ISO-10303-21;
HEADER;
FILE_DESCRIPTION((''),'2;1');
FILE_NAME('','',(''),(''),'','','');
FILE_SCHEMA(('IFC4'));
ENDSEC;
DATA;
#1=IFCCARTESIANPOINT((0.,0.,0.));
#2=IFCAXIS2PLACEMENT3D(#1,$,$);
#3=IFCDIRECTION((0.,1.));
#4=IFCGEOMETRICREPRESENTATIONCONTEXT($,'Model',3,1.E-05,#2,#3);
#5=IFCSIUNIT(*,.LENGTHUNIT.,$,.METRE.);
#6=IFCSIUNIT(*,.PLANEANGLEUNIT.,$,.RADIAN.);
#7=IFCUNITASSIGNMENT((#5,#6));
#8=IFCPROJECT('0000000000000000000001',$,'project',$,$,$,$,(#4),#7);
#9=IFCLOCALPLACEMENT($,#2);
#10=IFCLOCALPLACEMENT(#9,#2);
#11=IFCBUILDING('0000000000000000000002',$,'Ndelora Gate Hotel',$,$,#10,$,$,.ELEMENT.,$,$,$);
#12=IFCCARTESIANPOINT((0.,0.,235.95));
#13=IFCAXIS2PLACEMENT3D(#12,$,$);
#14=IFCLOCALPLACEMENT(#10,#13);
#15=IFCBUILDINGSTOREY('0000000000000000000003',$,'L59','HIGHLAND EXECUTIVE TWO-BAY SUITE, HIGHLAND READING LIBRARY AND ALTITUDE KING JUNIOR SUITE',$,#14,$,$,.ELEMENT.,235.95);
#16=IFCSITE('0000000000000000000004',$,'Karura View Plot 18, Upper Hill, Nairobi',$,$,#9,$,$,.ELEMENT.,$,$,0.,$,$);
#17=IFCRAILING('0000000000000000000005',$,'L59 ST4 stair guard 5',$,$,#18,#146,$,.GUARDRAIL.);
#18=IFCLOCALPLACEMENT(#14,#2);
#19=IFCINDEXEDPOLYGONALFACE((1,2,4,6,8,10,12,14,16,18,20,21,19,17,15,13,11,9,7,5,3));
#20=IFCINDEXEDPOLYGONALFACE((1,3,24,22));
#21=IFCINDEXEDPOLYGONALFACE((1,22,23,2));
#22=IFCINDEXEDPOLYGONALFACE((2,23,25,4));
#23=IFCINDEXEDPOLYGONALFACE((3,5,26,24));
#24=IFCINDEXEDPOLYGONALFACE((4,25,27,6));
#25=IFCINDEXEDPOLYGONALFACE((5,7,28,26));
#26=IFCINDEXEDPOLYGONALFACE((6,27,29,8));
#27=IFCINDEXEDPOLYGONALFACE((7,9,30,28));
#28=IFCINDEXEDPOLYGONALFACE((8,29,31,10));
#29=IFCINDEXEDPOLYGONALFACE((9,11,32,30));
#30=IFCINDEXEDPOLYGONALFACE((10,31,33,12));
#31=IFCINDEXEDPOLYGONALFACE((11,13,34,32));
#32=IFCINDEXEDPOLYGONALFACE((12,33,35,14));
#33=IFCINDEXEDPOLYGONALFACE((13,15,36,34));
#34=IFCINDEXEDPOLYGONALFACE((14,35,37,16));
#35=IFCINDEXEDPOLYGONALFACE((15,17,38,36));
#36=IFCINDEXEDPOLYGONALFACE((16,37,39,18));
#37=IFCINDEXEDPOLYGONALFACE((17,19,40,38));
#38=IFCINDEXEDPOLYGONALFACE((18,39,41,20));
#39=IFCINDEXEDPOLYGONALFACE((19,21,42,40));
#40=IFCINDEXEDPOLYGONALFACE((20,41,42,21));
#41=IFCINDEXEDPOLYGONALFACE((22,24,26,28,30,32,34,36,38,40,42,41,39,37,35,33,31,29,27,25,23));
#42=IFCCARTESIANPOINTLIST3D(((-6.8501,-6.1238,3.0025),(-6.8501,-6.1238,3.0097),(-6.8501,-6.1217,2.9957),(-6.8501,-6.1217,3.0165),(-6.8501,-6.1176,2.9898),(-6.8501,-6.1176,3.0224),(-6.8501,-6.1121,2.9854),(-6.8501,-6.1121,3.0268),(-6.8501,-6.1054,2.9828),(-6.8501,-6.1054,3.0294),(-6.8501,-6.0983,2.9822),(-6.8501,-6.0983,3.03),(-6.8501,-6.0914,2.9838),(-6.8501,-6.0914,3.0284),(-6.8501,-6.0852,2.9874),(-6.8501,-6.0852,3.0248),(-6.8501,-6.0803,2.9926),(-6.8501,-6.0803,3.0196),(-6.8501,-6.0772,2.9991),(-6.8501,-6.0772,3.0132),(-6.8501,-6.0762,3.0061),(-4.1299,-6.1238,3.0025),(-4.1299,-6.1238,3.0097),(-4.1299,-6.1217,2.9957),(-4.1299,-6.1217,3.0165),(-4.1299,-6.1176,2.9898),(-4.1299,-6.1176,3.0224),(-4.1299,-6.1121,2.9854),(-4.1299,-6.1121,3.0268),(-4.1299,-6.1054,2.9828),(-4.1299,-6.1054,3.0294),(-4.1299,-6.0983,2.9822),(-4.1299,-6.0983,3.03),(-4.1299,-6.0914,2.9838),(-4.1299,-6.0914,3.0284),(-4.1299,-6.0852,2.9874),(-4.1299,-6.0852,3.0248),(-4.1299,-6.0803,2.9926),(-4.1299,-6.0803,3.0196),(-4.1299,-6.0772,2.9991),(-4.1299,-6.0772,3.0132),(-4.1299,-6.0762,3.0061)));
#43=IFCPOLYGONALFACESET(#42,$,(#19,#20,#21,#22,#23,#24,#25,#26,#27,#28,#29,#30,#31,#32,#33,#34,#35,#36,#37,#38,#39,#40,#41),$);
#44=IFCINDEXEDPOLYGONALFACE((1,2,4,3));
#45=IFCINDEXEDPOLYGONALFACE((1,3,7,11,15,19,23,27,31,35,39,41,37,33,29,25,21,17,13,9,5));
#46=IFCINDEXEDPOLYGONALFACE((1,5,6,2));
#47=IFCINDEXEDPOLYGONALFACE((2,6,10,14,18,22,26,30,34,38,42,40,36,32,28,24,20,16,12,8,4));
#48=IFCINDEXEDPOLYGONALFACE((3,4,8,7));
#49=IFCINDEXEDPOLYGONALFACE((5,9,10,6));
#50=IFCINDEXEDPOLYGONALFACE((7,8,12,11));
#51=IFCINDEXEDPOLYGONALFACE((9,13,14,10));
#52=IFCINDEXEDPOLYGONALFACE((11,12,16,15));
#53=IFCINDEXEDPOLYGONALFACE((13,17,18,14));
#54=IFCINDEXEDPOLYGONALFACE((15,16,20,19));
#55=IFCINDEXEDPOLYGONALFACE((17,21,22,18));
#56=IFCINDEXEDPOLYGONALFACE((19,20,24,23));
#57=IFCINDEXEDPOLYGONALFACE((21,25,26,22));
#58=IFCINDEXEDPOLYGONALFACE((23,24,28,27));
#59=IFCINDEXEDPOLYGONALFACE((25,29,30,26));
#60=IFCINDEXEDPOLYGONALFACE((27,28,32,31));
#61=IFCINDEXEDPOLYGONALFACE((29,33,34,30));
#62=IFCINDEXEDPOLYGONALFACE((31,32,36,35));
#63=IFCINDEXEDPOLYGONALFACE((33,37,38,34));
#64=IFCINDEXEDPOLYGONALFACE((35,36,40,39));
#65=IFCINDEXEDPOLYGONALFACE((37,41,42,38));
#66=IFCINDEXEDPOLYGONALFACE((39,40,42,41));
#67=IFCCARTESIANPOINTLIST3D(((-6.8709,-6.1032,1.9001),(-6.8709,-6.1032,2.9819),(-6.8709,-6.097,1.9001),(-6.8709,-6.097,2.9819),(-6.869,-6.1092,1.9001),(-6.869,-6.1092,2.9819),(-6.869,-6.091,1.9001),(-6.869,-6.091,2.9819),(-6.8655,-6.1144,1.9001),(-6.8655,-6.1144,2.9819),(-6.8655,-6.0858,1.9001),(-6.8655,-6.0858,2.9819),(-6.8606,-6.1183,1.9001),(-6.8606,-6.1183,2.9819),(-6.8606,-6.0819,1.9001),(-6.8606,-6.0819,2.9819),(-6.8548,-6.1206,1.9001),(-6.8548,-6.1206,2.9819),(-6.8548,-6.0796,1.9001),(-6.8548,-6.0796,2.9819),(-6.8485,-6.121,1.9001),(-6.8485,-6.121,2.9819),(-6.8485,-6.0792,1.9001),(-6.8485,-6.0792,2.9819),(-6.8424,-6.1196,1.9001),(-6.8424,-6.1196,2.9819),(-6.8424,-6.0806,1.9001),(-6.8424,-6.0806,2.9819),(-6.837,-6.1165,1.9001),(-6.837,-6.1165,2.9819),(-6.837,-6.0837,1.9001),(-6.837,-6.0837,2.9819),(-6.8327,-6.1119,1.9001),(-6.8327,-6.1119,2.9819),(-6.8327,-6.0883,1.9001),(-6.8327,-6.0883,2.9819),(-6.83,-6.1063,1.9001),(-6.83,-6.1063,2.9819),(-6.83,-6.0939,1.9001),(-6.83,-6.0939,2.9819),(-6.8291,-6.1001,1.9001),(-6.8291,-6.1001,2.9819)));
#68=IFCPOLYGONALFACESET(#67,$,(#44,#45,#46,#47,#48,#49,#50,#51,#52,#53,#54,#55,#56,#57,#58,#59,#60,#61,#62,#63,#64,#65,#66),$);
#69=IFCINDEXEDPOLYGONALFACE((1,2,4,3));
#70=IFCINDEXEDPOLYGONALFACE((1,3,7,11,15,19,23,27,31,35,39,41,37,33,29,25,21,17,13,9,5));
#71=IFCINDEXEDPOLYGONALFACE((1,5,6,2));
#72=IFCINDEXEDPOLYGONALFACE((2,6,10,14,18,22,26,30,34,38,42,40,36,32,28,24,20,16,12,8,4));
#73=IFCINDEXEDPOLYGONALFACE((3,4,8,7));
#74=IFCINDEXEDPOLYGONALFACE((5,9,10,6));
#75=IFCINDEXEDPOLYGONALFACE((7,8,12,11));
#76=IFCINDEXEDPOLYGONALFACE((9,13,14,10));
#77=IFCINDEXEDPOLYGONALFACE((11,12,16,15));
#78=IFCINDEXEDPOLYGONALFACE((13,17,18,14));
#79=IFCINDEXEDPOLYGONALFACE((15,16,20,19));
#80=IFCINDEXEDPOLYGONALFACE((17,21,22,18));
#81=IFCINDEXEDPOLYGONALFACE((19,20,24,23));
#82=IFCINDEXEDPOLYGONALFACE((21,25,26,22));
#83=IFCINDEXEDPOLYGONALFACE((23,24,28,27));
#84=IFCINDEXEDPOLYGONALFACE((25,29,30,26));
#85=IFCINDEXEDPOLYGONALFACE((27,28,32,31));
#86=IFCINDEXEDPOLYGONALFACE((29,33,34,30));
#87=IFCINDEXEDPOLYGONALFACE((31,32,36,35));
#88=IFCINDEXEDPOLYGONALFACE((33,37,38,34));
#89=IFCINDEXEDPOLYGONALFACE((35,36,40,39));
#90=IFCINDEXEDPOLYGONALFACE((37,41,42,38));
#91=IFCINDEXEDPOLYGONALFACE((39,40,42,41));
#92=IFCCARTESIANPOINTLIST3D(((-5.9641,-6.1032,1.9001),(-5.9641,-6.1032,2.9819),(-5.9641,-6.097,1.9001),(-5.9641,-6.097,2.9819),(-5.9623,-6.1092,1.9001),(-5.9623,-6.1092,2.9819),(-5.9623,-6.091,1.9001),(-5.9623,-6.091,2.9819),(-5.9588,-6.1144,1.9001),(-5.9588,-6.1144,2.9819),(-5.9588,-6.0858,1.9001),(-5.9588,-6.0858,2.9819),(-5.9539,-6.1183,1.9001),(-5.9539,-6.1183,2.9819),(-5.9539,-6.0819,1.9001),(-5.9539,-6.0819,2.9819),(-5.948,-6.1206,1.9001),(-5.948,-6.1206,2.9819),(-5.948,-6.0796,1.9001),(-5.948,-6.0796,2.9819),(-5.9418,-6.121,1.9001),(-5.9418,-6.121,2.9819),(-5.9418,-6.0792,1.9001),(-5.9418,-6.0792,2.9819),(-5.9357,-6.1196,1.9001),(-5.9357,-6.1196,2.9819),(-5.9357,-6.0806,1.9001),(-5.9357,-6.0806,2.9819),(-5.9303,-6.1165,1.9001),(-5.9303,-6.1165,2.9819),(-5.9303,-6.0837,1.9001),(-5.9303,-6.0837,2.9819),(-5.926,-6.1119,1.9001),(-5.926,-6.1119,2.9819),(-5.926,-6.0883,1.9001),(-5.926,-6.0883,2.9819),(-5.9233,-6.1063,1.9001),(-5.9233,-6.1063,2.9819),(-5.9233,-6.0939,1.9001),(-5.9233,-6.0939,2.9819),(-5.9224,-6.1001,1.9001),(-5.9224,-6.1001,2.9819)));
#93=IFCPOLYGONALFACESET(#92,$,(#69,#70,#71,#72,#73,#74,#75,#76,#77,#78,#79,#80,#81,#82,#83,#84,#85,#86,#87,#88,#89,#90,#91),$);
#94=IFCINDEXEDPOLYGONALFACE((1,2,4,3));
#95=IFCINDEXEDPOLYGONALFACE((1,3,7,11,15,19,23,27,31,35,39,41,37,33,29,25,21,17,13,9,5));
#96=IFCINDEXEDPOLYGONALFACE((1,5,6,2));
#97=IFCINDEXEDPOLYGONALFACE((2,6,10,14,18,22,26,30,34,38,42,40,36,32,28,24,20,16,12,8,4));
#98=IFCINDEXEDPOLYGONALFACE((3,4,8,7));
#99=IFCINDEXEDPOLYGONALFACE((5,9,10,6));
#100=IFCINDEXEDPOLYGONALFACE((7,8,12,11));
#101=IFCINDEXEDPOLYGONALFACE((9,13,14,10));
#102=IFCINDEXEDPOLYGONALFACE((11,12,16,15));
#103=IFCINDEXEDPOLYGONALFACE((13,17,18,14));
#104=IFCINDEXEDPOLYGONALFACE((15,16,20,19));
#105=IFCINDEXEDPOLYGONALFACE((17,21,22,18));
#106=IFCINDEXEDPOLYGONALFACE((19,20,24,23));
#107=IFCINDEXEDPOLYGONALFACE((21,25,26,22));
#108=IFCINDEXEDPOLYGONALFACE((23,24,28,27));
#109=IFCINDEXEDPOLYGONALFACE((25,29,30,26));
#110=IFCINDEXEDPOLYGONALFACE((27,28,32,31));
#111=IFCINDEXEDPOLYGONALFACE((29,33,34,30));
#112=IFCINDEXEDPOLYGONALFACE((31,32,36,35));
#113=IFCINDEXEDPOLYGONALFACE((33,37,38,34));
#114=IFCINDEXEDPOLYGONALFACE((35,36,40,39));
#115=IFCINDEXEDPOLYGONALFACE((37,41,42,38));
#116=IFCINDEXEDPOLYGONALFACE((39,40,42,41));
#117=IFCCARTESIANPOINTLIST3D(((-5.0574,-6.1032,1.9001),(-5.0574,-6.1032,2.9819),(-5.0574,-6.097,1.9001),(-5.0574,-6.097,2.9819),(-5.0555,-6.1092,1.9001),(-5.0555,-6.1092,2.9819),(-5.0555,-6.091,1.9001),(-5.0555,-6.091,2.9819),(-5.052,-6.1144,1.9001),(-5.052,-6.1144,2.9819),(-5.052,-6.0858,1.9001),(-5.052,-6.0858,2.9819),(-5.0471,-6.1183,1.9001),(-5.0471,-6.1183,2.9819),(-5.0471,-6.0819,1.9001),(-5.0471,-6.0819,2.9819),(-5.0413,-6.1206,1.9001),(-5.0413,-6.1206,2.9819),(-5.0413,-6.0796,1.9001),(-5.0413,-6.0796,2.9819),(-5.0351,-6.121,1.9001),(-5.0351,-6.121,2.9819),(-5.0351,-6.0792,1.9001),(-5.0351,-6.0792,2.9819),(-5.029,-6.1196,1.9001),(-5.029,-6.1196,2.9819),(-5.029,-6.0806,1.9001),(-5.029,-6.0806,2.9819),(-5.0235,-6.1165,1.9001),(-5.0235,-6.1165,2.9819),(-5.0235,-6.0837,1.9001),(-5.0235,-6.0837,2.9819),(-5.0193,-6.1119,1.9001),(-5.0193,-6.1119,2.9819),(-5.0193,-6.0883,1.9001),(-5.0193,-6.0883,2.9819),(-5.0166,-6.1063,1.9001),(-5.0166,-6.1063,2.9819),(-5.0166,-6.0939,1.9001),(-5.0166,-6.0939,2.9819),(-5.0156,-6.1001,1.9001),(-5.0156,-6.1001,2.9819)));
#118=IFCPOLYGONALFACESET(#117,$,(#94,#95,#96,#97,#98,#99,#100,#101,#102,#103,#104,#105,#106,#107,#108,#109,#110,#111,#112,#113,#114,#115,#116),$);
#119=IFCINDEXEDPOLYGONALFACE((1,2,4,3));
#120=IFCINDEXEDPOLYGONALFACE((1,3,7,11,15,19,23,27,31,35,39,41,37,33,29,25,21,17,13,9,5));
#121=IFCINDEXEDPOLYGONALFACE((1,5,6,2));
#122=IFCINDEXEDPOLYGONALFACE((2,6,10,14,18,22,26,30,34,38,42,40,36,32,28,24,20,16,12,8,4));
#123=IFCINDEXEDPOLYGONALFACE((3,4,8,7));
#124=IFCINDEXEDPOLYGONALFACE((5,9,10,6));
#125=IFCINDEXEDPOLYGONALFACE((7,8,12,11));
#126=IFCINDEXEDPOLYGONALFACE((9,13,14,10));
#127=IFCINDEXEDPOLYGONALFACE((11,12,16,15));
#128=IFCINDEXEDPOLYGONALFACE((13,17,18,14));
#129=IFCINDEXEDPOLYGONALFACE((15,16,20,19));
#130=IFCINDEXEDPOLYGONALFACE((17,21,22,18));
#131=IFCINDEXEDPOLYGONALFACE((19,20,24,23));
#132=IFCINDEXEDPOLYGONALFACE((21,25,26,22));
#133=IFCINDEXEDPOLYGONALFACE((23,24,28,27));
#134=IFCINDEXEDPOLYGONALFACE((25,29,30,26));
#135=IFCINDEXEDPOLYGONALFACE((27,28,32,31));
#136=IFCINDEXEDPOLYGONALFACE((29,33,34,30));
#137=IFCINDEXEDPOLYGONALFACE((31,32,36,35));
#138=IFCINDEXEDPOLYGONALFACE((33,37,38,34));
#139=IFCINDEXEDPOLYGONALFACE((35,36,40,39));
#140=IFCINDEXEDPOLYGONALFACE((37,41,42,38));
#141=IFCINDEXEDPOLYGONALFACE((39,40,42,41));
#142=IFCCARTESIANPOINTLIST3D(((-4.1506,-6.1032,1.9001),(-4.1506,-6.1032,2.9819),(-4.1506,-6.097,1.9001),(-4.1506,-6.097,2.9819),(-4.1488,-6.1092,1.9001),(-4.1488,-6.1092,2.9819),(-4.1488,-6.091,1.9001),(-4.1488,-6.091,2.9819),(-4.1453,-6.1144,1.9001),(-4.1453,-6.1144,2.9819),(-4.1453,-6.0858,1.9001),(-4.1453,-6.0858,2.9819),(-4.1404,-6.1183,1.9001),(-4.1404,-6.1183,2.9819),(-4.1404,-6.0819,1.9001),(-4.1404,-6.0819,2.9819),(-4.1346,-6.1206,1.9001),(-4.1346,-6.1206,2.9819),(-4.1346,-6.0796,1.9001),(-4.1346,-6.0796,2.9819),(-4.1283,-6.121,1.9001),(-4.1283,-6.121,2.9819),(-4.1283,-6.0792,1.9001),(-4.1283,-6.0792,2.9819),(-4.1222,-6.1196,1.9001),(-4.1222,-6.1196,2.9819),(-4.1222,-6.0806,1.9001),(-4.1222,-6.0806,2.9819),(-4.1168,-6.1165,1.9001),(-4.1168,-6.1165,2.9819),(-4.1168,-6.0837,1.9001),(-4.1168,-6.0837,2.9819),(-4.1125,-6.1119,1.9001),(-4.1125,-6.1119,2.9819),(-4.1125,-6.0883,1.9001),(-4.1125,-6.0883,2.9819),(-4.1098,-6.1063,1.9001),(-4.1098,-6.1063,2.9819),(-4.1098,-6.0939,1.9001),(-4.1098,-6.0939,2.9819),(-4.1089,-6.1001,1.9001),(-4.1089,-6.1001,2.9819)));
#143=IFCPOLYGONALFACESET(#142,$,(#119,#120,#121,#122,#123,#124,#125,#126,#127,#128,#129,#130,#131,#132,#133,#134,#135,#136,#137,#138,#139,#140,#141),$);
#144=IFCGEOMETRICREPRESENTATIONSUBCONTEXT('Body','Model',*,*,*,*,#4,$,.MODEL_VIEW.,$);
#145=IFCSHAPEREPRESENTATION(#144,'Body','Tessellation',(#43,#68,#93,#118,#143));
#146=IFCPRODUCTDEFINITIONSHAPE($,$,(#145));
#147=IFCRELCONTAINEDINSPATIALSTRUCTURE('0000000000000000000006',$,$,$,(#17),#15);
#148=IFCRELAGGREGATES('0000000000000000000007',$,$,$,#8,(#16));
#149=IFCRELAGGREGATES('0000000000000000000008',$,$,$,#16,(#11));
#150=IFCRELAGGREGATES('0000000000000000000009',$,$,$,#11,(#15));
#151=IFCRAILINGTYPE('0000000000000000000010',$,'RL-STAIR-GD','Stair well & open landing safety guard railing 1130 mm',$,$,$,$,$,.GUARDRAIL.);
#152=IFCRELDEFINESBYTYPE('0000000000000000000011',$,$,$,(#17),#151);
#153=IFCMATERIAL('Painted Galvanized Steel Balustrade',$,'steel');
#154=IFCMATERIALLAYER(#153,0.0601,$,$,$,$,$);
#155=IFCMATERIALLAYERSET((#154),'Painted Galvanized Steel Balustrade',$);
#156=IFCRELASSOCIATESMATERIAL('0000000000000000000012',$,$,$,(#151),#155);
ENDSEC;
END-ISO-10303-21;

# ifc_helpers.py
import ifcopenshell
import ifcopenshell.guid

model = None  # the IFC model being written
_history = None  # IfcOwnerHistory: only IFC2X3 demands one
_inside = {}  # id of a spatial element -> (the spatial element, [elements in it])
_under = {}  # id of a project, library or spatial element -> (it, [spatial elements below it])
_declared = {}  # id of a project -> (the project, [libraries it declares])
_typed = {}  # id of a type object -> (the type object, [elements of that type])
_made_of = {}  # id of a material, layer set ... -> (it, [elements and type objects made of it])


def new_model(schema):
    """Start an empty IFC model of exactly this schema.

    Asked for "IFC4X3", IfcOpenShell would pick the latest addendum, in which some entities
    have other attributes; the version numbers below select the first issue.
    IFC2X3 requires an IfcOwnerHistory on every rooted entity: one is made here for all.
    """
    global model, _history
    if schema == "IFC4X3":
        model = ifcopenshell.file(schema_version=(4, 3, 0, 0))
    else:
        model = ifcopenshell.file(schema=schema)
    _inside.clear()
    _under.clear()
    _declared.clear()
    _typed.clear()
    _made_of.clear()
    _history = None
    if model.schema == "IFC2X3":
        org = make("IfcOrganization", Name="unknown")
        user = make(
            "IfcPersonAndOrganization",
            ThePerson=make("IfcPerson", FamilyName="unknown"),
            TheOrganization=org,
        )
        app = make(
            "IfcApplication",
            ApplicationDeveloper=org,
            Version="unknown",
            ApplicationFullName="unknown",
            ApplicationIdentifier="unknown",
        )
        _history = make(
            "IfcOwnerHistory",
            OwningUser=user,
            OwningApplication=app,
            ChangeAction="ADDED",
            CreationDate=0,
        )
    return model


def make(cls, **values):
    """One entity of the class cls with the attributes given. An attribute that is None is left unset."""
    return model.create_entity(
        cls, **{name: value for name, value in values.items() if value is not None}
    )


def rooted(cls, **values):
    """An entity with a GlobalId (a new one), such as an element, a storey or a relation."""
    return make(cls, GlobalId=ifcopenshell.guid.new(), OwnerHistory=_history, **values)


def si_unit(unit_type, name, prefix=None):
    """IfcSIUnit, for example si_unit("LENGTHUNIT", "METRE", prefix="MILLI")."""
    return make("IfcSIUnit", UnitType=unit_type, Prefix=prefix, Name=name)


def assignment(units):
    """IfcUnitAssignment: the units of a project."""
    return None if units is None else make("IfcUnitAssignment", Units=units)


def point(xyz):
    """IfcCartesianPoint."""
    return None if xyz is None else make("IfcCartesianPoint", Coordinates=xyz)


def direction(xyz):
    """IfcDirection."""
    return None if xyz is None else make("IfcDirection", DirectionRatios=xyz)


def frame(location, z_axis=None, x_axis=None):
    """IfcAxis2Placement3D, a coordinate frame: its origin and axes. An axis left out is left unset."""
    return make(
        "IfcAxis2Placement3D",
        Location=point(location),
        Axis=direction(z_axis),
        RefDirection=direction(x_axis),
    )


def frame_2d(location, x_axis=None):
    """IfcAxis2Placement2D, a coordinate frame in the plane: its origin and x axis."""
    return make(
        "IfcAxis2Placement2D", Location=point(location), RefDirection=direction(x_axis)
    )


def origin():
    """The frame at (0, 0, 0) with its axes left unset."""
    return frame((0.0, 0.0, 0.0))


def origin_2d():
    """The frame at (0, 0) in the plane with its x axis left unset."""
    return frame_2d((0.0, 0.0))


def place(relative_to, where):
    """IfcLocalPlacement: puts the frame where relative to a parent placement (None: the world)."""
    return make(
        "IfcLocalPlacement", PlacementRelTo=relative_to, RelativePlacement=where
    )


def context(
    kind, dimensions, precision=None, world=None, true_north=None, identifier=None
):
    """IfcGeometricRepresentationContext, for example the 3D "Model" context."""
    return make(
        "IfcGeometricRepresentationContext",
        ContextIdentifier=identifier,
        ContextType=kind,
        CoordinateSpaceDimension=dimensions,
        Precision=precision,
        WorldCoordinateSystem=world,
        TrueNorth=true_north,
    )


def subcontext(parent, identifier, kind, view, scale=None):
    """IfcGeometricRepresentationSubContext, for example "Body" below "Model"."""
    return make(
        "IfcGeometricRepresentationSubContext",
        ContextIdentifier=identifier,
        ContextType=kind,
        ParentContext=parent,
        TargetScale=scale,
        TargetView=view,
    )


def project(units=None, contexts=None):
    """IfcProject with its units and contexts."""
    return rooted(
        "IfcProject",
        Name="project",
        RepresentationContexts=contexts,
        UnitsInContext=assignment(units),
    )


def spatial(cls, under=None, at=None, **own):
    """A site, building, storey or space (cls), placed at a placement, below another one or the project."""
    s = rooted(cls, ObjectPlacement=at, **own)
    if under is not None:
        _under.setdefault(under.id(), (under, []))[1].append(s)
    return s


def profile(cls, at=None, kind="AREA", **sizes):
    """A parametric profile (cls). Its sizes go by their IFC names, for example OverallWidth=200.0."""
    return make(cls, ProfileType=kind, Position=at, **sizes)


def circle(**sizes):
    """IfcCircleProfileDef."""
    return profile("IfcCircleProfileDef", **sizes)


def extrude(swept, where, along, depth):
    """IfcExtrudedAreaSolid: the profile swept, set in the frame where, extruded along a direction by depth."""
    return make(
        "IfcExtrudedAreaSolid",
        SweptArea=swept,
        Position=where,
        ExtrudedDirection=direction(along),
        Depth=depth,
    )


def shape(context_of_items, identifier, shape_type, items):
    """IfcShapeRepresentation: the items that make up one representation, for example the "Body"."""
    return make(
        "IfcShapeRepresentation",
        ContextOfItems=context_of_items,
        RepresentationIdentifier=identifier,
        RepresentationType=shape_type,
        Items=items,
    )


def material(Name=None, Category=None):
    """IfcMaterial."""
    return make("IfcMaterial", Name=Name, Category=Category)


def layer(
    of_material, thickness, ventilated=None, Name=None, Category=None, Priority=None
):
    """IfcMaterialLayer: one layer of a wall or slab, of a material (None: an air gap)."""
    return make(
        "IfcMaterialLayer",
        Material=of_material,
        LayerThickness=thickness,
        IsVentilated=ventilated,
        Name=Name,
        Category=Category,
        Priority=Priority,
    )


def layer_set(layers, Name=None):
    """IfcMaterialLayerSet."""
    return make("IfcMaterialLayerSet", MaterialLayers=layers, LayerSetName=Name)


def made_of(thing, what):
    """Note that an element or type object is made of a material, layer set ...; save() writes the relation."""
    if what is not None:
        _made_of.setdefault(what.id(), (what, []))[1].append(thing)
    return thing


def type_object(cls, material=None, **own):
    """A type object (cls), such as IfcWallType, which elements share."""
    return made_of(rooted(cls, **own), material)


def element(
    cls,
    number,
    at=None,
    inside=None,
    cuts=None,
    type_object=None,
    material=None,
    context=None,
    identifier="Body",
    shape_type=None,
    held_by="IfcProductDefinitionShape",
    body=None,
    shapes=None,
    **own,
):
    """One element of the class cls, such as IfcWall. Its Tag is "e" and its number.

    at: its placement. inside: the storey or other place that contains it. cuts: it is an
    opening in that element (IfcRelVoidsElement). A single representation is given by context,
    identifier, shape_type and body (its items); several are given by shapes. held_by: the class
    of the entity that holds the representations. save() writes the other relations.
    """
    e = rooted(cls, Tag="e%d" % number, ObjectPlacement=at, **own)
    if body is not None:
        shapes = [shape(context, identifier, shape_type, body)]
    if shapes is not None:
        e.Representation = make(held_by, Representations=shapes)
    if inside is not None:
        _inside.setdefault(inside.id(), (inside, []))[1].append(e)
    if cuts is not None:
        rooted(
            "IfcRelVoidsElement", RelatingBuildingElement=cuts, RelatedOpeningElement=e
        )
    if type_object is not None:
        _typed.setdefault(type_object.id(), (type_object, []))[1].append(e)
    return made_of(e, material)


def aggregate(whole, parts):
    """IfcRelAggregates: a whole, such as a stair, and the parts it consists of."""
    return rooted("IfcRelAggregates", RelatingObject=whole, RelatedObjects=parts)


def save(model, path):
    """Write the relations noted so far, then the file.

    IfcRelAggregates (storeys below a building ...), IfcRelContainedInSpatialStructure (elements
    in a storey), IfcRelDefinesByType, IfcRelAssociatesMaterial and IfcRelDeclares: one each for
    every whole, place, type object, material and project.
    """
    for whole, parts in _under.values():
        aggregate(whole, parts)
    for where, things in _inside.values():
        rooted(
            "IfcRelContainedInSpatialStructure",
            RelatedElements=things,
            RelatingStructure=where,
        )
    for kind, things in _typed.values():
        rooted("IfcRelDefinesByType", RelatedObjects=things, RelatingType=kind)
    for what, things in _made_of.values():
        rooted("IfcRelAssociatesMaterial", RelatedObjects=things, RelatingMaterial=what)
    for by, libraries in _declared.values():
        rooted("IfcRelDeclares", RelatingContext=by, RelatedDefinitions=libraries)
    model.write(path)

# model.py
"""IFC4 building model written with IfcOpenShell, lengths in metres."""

from ifc_helpers import new_model, si_unit, direction, frame, origin, origin_2d, place, context, subcontext, project, spatial, circle, extrude, material, layer, layer_set, type_object, element, save


model = new_model("IFC4")

# Units and contexts
model_context = context("Model", 3, precision=1e-05, world=origin(), true_north=direction((0.0, 1.0)))
body_context = subcontext(model_context, "Body", "Model", "MODEL_VIEW")
ifc_project = project(units=[si_unit("LENGTHUNIT", "METRE"), si_unit("PLANEANGLEUNIT", "RADIAN")], contexts=[model_context])

# Site, building, storey
site_placement = place(None, origin())
site = spatial("IfcSite", under=ifc_project, at=site_placement, Name="Karura View Plot 18, Upper Hill, Nairobi", CompositionType="ELEMENT", RefElevation=0.0)
building_placement = place(site_placement, origin())
building = spatial("IfcBuilding", under=site, at=building_placement, Name="Ndelora Gate Hotel", CompositionType="ELEMENT")
storey_placement = place(building_placement, frame((0.0, 0.0, 235.95)))
storey = spatial("IfcBuildingStorey", under=building, at=storey_placement, Name="L59", Description="HIGHLAND EXECUTIVE TWO-BAY SUITE, HIGHLAND READING LIBRARY AND ALTITUDE KING JUNIOR SUITE", CompositionType="ELEMENT", Elevation=235.95)

# Railing
ifc_material_1 = material(Name="Painted Galvanized Steel Balustrade", Category="steel")
ifc_layer_1 = layer(ifc_material_1, 0.0601)
ifc_layer_set_1 = layer_set([ifc_layer_1], Name="Painted Galvanized Steel Balustrade")
railing_type = type_object("IfcRailingType", Name="RL-STAIR-GD", Description="Stair well & open landing safety guard railing 1130 mm", PredefinedType="GUARDRAIL", material=ifc_layer_set_1)
railing_1_placement = place(storey_placement, frame((-6.8501, -6.1001, 1.9001)))
element("IfcRailing", 1, at=railing_1_placement, inside=storey, type_object=railing_type, Name="L59 ST4 stair guard 5", PredefinedType="GUARDRAIL", context=body_context, shape_type="SweptSolid", body=[
    extrude(circle(Radius=0.0239, at=origin_2d()), frame((0.0, 0.0, 1.106), z_axis=(1.0, 0.0, 0.0), x_axis=(0.0, 1.0, 0.0)), (0.0, 0.0, 1.0), 2.7202),
    extrude(circle(Radius=0.021, at=origin_2d()), origin(), (0.0, 0.0, 1.0), 1.0818),
    extrude(circle(Radius=0.021, at=origin_2d()), frame((0.9067, 0.0, 0.0)), (0.0, 0.0, 1.0), 1.0818),
    extrude(circle(Radius=0.021, at=origin_2d()), frame((1.8135, 0.0, 0.0)), (0.0, 0.0, 1.0), 1.0818),
    extrude(circle(Radius=0.021, at=origin_2d()), frame((2.7202, 0.0, 0.0)), (0.0, 0.0, 1.0), 1.0818),
])

save(model, "model.ifc")
